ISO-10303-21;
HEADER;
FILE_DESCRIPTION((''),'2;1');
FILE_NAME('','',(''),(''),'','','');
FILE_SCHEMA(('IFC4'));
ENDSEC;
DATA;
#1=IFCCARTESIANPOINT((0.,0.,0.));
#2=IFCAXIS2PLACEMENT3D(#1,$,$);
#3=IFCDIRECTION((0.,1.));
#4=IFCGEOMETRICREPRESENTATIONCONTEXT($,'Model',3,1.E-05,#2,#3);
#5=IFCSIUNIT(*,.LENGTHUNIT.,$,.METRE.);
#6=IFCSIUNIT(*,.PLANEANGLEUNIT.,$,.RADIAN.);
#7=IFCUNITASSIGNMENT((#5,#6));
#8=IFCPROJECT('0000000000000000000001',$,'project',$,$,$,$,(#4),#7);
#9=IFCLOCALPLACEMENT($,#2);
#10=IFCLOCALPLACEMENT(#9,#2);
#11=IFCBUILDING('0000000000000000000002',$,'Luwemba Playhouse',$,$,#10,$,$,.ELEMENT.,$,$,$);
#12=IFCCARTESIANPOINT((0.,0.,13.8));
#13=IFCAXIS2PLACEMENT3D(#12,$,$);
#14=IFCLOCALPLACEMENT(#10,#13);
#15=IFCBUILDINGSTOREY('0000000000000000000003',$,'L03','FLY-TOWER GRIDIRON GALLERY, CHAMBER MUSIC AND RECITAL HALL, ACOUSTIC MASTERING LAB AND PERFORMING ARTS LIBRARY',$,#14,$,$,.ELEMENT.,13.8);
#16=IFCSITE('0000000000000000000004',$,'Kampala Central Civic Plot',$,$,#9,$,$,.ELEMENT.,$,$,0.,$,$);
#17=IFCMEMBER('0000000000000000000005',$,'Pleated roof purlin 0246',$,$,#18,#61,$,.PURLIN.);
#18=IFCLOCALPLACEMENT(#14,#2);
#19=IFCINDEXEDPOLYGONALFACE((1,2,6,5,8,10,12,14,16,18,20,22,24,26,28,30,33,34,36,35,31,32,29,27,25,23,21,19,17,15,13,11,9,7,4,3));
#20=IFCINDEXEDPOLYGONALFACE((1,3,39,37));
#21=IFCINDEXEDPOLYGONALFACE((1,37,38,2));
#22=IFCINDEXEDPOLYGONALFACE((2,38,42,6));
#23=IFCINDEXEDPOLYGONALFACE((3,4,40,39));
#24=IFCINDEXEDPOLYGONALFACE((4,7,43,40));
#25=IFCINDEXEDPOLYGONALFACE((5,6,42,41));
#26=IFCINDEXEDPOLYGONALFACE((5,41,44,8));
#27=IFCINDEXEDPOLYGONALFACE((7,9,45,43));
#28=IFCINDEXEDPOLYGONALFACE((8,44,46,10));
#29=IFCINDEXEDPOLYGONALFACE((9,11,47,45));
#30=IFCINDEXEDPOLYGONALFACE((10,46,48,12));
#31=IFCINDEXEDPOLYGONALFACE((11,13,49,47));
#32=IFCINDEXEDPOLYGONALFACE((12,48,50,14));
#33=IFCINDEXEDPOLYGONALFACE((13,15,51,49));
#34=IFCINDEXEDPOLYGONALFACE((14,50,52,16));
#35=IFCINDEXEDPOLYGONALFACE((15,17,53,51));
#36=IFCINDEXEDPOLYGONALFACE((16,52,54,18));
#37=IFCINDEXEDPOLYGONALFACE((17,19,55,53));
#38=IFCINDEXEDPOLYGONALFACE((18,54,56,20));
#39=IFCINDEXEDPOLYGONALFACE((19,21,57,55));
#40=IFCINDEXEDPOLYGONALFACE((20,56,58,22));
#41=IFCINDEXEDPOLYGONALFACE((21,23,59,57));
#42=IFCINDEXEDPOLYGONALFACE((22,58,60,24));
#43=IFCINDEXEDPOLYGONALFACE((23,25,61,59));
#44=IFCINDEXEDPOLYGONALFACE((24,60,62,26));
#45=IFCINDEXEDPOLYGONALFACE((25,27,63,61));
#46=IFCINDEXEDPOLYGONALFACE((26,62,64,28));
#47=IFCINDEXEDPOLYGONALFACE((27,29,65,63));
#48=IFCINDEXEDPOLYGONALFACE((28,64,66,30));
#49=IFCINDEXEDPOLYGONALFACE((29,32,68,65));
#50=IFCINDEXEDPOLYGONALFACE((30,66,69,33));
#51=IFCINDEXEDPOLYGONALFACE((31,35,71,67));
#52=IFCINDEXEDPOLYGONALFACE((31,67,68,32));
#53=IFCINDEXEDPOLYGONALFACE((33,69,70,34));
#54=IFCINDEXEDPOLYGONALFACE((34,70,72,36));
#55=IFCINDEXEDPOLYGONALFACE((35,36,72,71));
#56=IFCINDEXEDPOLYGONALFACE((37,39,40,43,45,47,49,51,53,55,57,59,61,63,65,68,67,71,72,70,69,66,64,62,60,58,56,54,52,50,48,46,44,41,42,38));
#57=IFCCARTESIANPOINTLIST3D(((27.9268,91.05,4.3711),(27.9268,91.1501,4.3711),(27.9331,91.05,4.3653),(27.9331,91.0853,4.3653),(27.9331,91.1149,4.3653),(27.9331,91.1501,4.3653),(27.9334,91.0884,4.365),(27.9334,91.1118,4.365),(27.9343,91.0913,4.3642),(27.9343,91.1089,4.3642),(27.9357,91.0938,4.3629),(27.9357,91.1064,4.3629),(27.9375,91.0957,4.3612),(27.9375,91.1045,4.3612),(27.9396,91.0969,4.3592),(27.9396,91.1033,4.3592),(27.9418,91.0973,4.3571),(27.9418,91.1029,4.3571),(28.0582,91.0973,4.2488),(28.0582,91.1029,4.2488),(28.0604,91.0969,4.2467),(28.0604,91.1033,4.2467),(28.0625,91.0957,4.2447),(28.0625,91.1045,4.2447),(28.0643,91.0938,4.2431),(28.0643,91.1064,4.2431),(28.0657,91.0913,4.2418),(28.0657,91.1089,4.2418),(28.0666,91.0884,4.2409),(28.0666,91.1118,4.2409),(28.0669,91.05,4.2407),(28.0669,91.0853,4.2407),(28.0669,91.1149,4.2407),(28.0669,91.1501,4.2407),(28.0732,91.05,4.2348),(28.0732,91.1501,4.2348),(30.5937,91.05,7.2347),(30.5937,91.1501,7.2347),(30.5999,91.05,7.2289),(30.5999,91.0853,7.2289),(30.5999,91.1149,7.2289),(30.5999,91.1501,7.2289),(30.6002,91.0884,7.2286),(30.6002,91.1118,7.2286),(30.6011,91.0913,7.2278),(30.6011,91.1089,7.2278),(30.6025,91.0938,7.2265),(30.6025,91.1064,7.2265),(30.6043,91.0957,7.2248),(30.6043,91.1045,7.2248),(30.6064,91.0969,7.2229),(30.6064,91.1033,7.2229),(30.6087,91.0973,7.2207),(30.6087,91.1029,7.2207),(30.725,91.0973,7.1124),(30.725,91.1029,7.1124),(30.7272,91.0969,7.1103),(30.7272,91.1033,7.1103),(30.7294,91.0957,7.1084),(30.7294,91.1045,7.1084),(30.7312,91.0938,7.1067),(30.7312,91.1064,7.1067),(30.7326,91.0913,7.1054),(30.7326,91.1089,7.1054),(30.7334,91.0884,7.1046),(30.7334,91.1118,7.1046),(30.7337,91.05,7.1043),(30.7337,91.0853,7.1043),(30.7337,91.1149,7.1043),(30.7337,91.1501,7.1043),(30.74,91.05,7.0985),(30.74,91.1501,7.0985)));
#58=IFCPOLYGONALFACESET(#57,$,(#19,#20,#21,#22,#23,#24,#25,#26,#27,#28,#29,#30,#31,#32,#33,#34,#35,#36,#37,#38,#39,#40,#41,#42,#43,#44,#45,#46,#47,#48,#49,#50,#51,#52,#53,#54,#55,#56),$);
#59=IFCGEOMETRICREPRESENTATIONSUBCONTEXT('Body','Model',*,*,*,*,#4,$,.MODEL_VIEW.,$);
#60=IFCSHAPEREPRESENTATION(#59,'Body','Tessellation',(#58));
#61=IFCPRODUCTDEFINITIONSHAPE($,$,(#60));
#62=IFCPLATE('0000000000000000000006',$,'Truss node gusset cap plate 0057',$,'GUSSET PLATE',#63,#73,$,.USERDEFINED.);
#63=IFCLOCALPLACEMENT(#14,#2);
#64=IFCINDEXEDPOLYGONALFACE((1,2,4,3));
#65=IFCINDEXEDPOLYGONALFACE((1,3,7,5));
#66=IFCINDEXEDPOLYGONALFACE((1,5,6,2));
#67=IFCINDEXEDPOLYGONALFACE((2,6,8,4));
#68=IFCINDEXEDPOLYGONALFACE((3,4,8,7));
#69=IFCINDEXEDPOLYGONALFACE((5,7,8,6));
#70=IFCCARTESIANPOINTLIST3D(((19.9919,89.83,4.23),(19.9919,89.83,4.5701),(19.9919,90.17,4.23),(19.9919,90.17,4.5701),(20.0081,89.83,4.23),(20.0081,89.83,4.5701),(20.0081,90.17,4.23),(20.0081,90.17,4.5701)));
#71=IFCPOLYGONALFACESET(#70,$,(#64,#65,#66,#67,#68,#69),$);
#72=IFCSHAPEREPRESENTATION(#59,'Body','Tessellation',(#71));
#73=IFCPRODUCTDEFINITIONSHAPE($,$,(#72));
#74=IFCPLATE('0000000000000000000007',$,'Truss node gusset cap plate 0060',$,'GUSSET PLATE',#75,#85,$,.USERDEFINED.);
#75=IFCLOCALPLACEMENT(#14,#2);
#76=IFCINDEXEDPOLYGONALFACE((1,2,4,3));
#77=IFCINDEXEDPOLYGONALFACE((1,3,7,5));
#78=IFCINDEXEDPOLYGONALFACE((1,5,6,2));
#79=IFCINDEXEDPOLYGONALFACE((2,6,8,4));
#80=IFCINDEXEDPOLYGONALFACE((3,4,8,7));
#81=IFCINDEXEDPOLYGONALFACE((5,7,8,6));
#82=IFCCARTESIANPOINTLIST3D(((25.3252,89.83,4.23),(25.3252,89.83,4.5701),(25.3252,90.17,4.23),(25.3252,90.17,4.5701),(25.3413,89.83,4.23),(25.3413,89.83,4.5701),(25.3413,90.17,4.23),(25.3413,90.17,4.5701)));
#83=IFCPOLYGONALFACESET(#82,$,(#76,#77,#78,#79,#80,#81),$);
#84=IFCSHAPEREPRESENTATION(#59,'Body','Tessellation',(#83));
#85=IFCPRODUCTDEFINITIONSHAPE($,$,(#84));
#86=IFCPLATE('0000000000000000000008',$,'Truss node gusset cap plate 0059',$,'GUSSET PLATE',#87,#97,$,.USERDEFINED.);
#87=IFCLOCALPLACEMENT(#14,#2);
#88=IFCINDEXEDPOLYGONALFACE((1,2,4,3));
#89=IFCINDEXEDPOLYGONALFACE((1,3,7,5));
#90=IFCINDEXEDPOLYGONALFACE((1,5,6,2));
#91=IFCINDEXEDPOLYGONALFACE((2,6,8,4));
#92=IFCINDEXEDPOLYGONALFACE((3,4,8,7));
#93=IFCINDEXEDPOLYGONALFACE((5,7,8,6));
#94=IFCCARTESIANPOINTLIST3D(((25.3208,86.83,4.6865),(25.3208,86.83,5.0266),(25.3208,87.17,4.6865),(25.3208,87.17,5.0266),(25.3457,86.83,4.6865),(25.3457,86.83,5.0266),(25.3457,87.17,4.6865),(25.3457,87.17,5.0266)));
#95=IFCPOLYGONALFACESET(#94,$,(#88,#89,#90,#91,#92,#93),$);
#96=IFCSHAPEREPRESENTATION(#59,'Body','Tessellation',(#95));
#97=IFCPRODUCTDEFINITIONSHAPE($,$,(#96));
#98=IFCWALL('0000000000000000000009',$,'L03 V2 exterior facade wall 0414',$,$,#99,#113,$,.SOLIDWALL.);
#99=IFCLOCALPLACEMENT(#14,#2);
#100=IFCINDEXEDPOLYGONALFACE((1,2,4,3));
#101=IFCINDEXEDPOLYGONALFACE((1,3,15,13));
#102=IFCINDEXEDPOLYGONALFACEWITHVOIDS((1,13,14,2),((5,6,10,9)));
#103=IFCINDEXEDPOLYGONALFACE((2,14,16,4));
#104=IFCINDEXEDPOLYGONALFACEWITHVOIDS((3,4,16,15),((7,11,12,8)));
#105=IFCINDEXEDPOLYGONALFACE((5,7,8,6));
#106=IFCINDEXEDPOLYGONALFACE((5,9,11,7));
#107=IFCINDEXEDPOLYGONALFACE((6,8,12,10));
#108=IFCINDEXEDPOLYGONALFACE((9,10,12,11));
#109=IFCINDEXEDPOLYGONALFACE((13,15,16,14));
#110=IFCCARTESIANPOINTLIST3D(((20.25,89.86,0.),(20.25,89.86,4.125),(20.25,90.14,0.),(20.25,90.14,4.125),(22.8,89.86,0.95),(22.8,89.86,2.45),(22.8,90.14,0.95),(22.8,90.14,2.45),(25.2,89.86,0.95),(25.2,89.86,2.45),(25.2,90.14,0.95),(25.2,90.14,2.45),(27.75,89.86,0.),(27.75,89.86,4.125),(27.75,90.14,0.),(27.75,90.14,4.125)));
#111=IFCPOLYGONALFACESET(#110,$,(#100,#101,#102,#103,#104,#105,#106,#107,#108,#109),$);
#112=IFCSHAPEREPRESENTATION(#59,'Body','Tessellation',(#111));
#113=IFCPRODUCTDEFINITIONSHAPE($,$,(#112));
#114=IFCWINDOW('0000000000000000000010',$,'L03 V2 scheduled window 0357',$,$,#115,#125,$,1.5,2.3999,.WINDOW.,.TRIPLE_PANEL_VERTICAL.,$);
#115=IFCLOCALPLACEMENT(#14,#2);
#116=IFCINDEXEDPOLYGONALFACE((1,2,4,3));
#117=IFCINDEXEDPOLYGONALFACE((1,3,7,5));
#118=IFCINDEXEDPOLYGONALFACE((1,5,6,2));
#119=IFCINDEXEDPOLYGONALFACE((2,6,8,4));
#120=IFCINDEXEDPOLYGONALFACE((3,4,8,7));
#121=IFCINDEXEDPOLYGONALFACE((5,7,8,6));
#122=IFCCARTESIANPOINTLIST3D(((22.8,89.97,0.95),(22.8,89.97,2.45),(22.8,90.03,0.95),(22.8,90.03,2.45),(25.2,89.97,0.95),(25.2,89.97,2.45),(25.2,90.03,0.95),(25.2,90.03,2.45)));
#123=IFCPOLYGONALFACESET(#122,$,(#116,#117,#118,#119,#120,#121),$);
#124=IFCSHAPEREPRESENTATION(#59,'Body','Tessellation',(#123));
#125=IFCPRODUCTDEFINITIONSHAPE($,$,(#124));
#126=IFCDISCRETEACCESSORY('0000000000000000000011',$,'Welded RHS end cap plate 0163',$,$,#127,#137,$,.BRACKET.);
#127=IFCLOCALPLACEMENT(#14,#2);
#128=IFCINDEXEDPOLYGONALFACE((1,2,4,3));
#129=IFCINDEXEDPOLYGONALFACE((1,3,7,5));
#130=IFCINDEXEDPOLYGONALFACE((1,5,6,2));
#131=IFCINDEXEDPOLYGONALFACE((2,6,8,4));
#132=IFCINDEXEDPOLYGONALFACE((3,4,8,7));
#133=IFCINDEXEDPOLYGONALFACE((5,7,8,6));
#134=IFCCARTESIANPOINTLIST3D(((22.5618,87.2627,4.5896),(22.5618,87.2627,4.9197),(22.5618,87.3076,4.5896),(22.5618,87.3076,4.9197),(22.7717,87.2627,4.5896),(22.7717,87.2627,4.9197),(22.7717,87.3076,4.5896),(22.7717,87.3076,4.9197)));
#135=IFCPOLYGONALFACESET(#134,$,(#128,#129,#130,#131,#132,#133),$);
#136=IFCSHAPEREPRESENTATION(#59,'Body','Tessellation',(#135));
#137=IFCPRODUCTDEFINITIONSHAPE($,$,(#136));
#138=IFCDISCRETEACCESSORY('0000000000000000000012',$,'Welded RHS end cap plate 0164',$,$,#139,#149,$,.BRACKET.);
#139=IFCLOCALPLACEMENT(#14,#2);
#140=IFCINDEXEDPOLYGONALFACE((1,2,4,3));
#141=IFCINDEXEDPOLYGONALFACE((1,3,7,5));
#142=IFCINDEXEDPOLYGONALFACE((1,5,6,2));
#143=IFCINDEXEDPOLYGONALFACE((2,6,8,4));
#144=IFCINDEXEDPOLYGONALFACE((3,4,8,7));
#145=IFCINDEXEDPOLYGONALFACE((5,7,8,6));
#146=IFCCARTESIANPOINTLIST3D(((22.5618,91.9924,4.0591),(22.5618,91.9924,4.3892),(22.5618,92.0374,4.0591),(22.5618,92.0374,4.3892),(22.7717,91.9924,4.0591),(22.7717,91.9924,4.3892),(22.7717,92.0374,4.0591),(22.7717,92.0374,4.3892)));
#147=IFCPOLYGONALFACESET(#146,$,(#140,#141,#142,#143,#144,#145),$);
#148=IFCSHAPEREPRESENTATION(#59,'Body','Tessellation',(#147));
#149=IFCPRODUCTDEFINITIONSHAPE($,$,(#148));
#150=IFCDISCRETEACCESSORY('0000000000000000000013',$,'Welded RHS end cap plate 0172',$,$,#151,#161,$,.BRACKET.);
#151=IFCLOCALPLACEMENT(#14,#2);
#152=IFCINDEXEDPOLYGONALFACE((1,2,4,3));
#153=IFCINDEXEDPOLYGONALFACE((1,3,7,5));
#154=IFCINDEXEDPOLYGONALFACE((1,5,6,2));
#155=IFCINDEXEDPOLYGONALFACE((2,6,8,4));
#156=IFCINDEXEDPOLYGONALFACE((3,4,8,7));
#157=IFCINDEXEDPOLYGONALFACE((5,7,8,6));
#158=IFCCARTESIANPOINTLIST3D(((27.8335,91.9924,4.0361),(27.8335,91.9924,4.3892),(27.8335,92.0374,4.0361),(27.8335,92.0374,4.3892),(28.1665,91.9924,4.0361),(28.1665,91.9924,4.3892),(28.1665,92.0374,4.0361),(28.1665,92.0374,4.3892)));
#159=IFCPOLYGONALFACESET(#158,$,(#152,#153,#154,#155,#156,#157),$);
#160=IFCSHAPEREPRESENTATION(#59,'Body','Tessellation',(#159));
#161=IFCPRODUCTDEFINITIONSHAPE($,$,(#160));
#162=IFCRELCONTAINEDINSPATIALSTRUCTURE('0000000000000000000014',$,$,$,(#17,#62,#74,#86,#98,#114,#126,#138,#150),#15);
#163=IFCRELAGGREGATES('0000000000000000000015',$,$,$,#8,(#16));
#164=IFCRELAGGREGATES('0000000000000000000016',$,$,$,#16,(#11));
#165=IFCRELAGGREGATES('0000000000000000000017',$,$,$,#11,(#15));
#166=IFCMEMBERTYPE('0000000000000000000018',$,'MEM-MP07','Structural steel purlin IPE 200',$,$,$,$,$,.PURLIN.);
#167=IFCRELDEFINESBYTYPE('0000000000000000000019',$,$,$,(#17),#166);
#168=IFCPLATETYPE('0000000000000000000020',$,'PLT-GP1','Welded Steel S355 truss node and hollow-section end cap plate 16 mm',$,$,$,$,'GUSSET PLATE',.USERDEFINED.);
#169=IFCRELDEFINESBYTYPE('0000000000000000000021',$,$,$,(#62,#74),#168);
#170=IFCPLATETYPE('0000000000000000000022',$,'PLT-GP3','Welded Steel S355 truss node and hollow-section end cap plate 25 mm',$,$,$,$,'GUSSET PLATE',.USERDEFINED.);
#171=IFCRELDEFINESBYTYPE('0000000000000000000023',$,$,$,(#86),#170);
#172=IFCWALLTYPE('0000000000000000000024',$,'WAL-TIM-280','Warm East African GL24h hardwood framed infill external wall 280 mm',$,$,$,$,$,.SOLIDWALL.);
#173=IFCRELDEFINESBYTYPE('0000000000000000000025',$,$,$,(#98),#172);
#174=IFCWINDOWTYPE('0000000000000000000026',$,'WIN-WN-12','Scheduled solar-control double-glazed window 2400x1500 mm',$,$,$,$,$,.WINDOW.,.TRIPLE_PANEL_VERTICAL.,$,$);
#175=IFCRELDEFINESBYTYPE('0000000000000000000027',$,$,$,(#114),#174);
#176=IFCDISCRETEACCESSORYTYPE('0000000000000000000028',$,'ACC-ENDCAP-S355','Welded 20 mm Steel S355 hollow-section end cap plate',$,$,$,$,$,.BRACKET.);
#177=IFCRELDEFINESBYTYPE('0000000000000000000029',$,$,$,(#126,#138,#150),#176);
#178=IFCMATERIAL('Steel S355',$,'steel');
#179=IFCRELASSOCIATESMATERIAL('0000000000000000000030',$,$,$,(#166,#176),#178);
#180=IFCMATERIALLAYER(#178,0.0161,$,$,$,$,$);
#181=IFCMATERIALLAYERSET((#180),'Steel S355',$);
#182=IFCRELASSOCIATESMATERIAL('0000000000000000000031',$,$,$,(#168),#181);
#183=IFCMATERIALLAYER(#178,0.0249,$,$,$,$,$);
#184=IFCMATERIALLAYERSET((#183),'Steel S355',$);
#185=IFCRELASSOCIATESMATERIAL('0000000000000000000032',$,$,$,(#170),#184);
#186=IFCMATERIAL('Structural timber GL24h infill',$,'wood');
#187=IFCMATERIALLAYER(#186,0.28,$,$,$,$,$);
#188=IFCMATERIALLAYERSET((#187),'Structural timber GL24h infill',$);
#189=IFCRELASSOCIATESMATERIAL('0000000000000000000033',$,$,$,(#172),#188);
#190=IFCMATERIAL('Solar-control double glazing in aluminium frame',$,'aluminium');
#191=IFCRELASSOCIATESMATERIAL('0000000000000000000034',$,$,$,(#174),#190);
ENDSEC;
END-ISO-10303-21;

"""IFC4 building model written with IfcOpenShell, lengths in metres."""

from ifc_helpers import new_model, si_unit, direction, frame, frame_2d, origin, origin_2d, place, context, subcontext, project, spatial, rectangle, i_section, extrude, material, layer, layer_set, material_profile, profile_set, type_object, element, fill, save


model = new_model("IFC4")

# Units and contexts
model_context = context("Model", 3, precision=1e-05, world=origin(), true_north=direction((0.0, 1.0)))
body_context = subcontext(model_context, "Body", "Model", "MODEL_VIEW")
ifc_project = project(units=[si_unit("LENGTHUNIT", "METRE"), si_unit("PLANEANGLEUNIT", "RADIAN")], contexts=[model_context])

# Site, building, storey
site_placement = place(None, origin())
site = spatial("IfcSite", under=ifc_project, at=site_placement, Name="Kampala Central Civic Plot", CompositionType="ELEMENT", RefElevation=0.0)
building_placement = place(site_placement, origin())
building = spatial("IfcBuilding", under=site, at=building_placement, Name="Luwemba Playhouse", CompositionType="ELEMENT")
storey_placement = place(building_placement, frame((0.0, 0.0, 13.8)))
storey = spatial("IfcBuildingStorey", under=building, at=storey_placement, Name="L03", Description="FLY-TOWER GRIDIRON GALLERY, CHAMBER MUSIC AND RECITAL HALL, ACOUSTIC MASTERING LAB AND PERFORMING ARTS LIBRARY", CompositionType="ELEMENT", Elevation=13.8)

# Shared definitions
ifc_material_1 = material(Name="Steel S355", Category="steel")

# Member
ifc_material_profile_1 = material_profile(ifc_material_1, i_section(OverallWidth=0.1001, OverallDepth=0.2, WebThickness=0.0056, FlangeThickness=0.0085, FilletRadius=0.012, at=origin_2d()))
ifc_profile_set_1 = profile_set([ifc_material_profile_1], Name="Steel S355")
member_type_1 = type_object("IfcMemberType", Name="MEM-MP07", Description="Structural steel purlin IPE 200", PredefinedType="PURLIN", material=ifc_profile_set_1)
member_1_placement = place(storey_placement, frame((28.0, 91.1001, 4.303), z_axis=(0.681515, 0.0, 0.731804), x_axis=(0.0, 1.0, 0.0)))
element("IfcMember", 1, at=member_1_placement, inside=storey, type_object=member_type_1, Name="Pleated roof purlin 0246", PredefinedType="PURLIN", context=body_context, shape_type="SweptSolid", body=[
    extrude(i_section(OverallWidth=0.1001, OverallDepth=0.2, WebThickness=0.0056, FlangeThickness=0.0085, FilletRadius=0.012, at=origin_2d()), origin(), (0.0, 0.0, 1.0), 3.9131),
])

# Plates
ifc_layer_1 = layer(ifc_material_1, 0.0161)
ifc_layer_set_1 = layer_set([ifc_layer_1], Name="Steel S355")
plate_type_1 = type_object("IfcPlateType", Name="PLT-GP1", Description="Welded Steel S355 truss node and hollow-section end cap plate 16 mm", ElementType="GUSSET PLATE", PredefinedType="USERDEFINED", material=ifc_layer_set_1)
for number, where, z_axis, x_axis, name in (
    (2, (20.0, 90.0, 4.23), (0.0, 0.0, 1.0), (1.0, 0.0, 0.0), "Truss node gusset cap plate 0057"),
    (3, (25.3333, 90.0, 4.23), (0.0, 0.0, 1.0), (1.0, 0.0, 0.0), "Truss node gusset cap plate 0060"),
):
    element("IfcPlate", number, at=place(storey_placement, frame(where, z_axis=z_axis, x_axis=x_axis)), inside=storey, type_object=plate_type_1, Name=name, ObjectType="GUSSET PLATE", PredefinedType="USERDEFINED", context=body_context, shape_type="SweptSolid", body=[
        extrude(rectangle(XDim=0.0161, YDim=0.3401, at=origin_2d()), origin(), (0.0, 0.0, 1.0), 0.3401),
    ])
ifc_layer_2 = layer(ifc_material_1, 0.0249)
ifc_layer_set_2 = layer_set([ifc_layer_2], Name="Steel S355")
plate_type_2 = type_object("IfcPlateType", Name="PLT-GP3", Description="Welded Steel S355 truss node and hollow-section end cap plate 25 mm", ElementType="GUSSET PLATE", PredefinedType="USERDEFINED", material=ifc_layer_set_2)
plate_placement = place(storey_placement, frame((25.3333, 87.0, 4.6865), z_axis=(0.0, 0.0, 1.0), x_axis=(1.0, 0.0, 0.0)))
element("IfcPlate", 4, at=plate_placement, inside=storey, type_object=plate_type_2, Name="Truss node gusset cap plate 0059", ObjectType="GUSSET PLATE", PredefinedType="USERDEFINED", context=body_context, shape_type="SweptSolid", body=[
    extrude(rectangle(XDim=0.0249, YDim=0.3401, at=origin_2d()), origin(), (0.0, 0.0, 1.0), 0.3401),
])

# Wall, opening, window
ifc_material_2 = material(Name="Structural timber GL24h infill", Category="wood")
ifc_layer_3 = layer(ifc_material_2, 0.28)
ifc_layer_set_3 = layer_set([ifc_layer_3], Name="Structural timber GL24h infill")
wall_type = type_object("IfcWallType", Name="WAL-TIM-280", Description="Warm East African GL24h hardwood framed infill external wall 280 mm", PredefinedType="SOLIDWALL", material=ifc_layer_set_3)
wall_placement = place(storey_placement, frame((20.25, 90.0, 0.0), z_axis=(0.0, 0.0, 1.0), x_axis=(1.0, 0.0, 0.0)))
wall = element("IfcWall", 5, at=wall_placement, inside=storey, type_object=wall_type, Name="L03 V2 exterior facade wall 0414", PredefinedType="SOLIDWALL", context=body_context, shape_type="SweptSolid", body=[
    extrude(rectangle(XDim=7.5, YDim=0.28, at=frame_2d((3.75, 0.0))), origin(), (0.0, 0.0, 1.0), 4.125),
])
opening_placement = place(wall_placement, frame((2.55, 0.0, 0.95)))
opening = element("IfcOpeningElement", 6, at=opening_placement, cuts=wall, PredefinedType="OPENING", context=body_context, shape_type="SweptSolid", body=[
    extrude(rectangle(XDim=2.3999, YDim=1.5, at=frame_2d((1.2, 0.75))), frame((0.0, 0.1499, 0.0), z_axis=(0.0, -1.0, 0.0), x_axis=(1.0, 0.0, 0.0)), (0.0, 0.0, 1.0), 0.3),
])
ifc_material_3 = material(Name="Solar-control double glazing in aluminium frame", Category="aluminium")
window_type = type_object("IfcWindowType", Name="WIN-WN-12", Description="Scheduled solar-control double-glazed window 2400x1500 mm", PartitioningType="TRIPLE_PANEL_VERTICAL", PredefinedType="WINDOW", material=ifc_material_3)
window_placement = place(opening_placement, origin())
window = element("IfcWindow", 7, at=window_placement, inside=storey, type_object=window_type, Name="L03 V2 scheduled window 0357", OverallHeight=1.5, OverallWidth=2.3999, PartitioningType="TRIPLE_PANEL_VERTICAL", PredefinedType="WINDOW", context=body_context, shape_type="SweptSolid", body=[
    extrude(rectangle(XDim=2.3999, YDim=1.5, at=frame_2d((1.2, 0.75))), frame((0.0, 0.03, 0.0), z_axis=(0.0, -1.0, 0.0), x_axis=(1.0, 0.0, 0.0)), (0.0, 0.0, 1.0), 0.0601),
])
fill(opening, window)

# Discrete accessories
discrete_accessory_type = type_object("IfcDiscreteAccessoryType", Name="ACC-ENDCAP-S355", Description="Welded 20 mm Steel S355 hollow-section end cap plate", PredefinedType="BRACKET", material=ifc_material_1)
for number, where, z_axis, x_axis, name in (
    (8, (22.6667, 87.2852, 4.5896), (0.0, 0.0, 1.0), (1.0, 0.0, 0.0), "Welded RHS end cap plate 0163"),
    (9, (22.6667, 92.0149, 4.0591), (0.0, 0.0, 1.0), (1.0, 0.0, 0.0), "Welded RHS end cap plate 0164"),
):
    element("IfcDiscreteAccessory", number, at=place(storey_placement, frame(where, z_axis=z_axis, x_axis=x_axis)), inside=storey, type_object=discrete_accessory_type, Name=name, PredefinedType="BRACKET", context=body_context, shape_type="SweptSolid", body=[
        extrude(rectangle(XDim=0.21, YDim=0.0449, at=origin_2d()), origin(), (0.0, 0.0, 1.0), 0.3301),
    ])
discrete_accessory_placement = place(storey_placement, frame((28.0, 92.0149, 4.0361), z_axis=(0.0, 0.0, 1.0), x_axis=(1.0, 0.0, 0.0)))
element("IfcDiscreteAccessory", 10, at=discrete_accessory_placement, inside=storey, type_object=discrete_accessory_type, Name="Welded RHS end cap plate 0172", PredefinedType="BRACKET", context=body_context, shape_type="SweptSolid", body=[
    extrude(rectangle(XDim=0.333, YDim=0.0449, at=origin_2d()), origin(), (0.0, 0.0, 1.0), 0.353),
])

save(model, "model.ifc")
